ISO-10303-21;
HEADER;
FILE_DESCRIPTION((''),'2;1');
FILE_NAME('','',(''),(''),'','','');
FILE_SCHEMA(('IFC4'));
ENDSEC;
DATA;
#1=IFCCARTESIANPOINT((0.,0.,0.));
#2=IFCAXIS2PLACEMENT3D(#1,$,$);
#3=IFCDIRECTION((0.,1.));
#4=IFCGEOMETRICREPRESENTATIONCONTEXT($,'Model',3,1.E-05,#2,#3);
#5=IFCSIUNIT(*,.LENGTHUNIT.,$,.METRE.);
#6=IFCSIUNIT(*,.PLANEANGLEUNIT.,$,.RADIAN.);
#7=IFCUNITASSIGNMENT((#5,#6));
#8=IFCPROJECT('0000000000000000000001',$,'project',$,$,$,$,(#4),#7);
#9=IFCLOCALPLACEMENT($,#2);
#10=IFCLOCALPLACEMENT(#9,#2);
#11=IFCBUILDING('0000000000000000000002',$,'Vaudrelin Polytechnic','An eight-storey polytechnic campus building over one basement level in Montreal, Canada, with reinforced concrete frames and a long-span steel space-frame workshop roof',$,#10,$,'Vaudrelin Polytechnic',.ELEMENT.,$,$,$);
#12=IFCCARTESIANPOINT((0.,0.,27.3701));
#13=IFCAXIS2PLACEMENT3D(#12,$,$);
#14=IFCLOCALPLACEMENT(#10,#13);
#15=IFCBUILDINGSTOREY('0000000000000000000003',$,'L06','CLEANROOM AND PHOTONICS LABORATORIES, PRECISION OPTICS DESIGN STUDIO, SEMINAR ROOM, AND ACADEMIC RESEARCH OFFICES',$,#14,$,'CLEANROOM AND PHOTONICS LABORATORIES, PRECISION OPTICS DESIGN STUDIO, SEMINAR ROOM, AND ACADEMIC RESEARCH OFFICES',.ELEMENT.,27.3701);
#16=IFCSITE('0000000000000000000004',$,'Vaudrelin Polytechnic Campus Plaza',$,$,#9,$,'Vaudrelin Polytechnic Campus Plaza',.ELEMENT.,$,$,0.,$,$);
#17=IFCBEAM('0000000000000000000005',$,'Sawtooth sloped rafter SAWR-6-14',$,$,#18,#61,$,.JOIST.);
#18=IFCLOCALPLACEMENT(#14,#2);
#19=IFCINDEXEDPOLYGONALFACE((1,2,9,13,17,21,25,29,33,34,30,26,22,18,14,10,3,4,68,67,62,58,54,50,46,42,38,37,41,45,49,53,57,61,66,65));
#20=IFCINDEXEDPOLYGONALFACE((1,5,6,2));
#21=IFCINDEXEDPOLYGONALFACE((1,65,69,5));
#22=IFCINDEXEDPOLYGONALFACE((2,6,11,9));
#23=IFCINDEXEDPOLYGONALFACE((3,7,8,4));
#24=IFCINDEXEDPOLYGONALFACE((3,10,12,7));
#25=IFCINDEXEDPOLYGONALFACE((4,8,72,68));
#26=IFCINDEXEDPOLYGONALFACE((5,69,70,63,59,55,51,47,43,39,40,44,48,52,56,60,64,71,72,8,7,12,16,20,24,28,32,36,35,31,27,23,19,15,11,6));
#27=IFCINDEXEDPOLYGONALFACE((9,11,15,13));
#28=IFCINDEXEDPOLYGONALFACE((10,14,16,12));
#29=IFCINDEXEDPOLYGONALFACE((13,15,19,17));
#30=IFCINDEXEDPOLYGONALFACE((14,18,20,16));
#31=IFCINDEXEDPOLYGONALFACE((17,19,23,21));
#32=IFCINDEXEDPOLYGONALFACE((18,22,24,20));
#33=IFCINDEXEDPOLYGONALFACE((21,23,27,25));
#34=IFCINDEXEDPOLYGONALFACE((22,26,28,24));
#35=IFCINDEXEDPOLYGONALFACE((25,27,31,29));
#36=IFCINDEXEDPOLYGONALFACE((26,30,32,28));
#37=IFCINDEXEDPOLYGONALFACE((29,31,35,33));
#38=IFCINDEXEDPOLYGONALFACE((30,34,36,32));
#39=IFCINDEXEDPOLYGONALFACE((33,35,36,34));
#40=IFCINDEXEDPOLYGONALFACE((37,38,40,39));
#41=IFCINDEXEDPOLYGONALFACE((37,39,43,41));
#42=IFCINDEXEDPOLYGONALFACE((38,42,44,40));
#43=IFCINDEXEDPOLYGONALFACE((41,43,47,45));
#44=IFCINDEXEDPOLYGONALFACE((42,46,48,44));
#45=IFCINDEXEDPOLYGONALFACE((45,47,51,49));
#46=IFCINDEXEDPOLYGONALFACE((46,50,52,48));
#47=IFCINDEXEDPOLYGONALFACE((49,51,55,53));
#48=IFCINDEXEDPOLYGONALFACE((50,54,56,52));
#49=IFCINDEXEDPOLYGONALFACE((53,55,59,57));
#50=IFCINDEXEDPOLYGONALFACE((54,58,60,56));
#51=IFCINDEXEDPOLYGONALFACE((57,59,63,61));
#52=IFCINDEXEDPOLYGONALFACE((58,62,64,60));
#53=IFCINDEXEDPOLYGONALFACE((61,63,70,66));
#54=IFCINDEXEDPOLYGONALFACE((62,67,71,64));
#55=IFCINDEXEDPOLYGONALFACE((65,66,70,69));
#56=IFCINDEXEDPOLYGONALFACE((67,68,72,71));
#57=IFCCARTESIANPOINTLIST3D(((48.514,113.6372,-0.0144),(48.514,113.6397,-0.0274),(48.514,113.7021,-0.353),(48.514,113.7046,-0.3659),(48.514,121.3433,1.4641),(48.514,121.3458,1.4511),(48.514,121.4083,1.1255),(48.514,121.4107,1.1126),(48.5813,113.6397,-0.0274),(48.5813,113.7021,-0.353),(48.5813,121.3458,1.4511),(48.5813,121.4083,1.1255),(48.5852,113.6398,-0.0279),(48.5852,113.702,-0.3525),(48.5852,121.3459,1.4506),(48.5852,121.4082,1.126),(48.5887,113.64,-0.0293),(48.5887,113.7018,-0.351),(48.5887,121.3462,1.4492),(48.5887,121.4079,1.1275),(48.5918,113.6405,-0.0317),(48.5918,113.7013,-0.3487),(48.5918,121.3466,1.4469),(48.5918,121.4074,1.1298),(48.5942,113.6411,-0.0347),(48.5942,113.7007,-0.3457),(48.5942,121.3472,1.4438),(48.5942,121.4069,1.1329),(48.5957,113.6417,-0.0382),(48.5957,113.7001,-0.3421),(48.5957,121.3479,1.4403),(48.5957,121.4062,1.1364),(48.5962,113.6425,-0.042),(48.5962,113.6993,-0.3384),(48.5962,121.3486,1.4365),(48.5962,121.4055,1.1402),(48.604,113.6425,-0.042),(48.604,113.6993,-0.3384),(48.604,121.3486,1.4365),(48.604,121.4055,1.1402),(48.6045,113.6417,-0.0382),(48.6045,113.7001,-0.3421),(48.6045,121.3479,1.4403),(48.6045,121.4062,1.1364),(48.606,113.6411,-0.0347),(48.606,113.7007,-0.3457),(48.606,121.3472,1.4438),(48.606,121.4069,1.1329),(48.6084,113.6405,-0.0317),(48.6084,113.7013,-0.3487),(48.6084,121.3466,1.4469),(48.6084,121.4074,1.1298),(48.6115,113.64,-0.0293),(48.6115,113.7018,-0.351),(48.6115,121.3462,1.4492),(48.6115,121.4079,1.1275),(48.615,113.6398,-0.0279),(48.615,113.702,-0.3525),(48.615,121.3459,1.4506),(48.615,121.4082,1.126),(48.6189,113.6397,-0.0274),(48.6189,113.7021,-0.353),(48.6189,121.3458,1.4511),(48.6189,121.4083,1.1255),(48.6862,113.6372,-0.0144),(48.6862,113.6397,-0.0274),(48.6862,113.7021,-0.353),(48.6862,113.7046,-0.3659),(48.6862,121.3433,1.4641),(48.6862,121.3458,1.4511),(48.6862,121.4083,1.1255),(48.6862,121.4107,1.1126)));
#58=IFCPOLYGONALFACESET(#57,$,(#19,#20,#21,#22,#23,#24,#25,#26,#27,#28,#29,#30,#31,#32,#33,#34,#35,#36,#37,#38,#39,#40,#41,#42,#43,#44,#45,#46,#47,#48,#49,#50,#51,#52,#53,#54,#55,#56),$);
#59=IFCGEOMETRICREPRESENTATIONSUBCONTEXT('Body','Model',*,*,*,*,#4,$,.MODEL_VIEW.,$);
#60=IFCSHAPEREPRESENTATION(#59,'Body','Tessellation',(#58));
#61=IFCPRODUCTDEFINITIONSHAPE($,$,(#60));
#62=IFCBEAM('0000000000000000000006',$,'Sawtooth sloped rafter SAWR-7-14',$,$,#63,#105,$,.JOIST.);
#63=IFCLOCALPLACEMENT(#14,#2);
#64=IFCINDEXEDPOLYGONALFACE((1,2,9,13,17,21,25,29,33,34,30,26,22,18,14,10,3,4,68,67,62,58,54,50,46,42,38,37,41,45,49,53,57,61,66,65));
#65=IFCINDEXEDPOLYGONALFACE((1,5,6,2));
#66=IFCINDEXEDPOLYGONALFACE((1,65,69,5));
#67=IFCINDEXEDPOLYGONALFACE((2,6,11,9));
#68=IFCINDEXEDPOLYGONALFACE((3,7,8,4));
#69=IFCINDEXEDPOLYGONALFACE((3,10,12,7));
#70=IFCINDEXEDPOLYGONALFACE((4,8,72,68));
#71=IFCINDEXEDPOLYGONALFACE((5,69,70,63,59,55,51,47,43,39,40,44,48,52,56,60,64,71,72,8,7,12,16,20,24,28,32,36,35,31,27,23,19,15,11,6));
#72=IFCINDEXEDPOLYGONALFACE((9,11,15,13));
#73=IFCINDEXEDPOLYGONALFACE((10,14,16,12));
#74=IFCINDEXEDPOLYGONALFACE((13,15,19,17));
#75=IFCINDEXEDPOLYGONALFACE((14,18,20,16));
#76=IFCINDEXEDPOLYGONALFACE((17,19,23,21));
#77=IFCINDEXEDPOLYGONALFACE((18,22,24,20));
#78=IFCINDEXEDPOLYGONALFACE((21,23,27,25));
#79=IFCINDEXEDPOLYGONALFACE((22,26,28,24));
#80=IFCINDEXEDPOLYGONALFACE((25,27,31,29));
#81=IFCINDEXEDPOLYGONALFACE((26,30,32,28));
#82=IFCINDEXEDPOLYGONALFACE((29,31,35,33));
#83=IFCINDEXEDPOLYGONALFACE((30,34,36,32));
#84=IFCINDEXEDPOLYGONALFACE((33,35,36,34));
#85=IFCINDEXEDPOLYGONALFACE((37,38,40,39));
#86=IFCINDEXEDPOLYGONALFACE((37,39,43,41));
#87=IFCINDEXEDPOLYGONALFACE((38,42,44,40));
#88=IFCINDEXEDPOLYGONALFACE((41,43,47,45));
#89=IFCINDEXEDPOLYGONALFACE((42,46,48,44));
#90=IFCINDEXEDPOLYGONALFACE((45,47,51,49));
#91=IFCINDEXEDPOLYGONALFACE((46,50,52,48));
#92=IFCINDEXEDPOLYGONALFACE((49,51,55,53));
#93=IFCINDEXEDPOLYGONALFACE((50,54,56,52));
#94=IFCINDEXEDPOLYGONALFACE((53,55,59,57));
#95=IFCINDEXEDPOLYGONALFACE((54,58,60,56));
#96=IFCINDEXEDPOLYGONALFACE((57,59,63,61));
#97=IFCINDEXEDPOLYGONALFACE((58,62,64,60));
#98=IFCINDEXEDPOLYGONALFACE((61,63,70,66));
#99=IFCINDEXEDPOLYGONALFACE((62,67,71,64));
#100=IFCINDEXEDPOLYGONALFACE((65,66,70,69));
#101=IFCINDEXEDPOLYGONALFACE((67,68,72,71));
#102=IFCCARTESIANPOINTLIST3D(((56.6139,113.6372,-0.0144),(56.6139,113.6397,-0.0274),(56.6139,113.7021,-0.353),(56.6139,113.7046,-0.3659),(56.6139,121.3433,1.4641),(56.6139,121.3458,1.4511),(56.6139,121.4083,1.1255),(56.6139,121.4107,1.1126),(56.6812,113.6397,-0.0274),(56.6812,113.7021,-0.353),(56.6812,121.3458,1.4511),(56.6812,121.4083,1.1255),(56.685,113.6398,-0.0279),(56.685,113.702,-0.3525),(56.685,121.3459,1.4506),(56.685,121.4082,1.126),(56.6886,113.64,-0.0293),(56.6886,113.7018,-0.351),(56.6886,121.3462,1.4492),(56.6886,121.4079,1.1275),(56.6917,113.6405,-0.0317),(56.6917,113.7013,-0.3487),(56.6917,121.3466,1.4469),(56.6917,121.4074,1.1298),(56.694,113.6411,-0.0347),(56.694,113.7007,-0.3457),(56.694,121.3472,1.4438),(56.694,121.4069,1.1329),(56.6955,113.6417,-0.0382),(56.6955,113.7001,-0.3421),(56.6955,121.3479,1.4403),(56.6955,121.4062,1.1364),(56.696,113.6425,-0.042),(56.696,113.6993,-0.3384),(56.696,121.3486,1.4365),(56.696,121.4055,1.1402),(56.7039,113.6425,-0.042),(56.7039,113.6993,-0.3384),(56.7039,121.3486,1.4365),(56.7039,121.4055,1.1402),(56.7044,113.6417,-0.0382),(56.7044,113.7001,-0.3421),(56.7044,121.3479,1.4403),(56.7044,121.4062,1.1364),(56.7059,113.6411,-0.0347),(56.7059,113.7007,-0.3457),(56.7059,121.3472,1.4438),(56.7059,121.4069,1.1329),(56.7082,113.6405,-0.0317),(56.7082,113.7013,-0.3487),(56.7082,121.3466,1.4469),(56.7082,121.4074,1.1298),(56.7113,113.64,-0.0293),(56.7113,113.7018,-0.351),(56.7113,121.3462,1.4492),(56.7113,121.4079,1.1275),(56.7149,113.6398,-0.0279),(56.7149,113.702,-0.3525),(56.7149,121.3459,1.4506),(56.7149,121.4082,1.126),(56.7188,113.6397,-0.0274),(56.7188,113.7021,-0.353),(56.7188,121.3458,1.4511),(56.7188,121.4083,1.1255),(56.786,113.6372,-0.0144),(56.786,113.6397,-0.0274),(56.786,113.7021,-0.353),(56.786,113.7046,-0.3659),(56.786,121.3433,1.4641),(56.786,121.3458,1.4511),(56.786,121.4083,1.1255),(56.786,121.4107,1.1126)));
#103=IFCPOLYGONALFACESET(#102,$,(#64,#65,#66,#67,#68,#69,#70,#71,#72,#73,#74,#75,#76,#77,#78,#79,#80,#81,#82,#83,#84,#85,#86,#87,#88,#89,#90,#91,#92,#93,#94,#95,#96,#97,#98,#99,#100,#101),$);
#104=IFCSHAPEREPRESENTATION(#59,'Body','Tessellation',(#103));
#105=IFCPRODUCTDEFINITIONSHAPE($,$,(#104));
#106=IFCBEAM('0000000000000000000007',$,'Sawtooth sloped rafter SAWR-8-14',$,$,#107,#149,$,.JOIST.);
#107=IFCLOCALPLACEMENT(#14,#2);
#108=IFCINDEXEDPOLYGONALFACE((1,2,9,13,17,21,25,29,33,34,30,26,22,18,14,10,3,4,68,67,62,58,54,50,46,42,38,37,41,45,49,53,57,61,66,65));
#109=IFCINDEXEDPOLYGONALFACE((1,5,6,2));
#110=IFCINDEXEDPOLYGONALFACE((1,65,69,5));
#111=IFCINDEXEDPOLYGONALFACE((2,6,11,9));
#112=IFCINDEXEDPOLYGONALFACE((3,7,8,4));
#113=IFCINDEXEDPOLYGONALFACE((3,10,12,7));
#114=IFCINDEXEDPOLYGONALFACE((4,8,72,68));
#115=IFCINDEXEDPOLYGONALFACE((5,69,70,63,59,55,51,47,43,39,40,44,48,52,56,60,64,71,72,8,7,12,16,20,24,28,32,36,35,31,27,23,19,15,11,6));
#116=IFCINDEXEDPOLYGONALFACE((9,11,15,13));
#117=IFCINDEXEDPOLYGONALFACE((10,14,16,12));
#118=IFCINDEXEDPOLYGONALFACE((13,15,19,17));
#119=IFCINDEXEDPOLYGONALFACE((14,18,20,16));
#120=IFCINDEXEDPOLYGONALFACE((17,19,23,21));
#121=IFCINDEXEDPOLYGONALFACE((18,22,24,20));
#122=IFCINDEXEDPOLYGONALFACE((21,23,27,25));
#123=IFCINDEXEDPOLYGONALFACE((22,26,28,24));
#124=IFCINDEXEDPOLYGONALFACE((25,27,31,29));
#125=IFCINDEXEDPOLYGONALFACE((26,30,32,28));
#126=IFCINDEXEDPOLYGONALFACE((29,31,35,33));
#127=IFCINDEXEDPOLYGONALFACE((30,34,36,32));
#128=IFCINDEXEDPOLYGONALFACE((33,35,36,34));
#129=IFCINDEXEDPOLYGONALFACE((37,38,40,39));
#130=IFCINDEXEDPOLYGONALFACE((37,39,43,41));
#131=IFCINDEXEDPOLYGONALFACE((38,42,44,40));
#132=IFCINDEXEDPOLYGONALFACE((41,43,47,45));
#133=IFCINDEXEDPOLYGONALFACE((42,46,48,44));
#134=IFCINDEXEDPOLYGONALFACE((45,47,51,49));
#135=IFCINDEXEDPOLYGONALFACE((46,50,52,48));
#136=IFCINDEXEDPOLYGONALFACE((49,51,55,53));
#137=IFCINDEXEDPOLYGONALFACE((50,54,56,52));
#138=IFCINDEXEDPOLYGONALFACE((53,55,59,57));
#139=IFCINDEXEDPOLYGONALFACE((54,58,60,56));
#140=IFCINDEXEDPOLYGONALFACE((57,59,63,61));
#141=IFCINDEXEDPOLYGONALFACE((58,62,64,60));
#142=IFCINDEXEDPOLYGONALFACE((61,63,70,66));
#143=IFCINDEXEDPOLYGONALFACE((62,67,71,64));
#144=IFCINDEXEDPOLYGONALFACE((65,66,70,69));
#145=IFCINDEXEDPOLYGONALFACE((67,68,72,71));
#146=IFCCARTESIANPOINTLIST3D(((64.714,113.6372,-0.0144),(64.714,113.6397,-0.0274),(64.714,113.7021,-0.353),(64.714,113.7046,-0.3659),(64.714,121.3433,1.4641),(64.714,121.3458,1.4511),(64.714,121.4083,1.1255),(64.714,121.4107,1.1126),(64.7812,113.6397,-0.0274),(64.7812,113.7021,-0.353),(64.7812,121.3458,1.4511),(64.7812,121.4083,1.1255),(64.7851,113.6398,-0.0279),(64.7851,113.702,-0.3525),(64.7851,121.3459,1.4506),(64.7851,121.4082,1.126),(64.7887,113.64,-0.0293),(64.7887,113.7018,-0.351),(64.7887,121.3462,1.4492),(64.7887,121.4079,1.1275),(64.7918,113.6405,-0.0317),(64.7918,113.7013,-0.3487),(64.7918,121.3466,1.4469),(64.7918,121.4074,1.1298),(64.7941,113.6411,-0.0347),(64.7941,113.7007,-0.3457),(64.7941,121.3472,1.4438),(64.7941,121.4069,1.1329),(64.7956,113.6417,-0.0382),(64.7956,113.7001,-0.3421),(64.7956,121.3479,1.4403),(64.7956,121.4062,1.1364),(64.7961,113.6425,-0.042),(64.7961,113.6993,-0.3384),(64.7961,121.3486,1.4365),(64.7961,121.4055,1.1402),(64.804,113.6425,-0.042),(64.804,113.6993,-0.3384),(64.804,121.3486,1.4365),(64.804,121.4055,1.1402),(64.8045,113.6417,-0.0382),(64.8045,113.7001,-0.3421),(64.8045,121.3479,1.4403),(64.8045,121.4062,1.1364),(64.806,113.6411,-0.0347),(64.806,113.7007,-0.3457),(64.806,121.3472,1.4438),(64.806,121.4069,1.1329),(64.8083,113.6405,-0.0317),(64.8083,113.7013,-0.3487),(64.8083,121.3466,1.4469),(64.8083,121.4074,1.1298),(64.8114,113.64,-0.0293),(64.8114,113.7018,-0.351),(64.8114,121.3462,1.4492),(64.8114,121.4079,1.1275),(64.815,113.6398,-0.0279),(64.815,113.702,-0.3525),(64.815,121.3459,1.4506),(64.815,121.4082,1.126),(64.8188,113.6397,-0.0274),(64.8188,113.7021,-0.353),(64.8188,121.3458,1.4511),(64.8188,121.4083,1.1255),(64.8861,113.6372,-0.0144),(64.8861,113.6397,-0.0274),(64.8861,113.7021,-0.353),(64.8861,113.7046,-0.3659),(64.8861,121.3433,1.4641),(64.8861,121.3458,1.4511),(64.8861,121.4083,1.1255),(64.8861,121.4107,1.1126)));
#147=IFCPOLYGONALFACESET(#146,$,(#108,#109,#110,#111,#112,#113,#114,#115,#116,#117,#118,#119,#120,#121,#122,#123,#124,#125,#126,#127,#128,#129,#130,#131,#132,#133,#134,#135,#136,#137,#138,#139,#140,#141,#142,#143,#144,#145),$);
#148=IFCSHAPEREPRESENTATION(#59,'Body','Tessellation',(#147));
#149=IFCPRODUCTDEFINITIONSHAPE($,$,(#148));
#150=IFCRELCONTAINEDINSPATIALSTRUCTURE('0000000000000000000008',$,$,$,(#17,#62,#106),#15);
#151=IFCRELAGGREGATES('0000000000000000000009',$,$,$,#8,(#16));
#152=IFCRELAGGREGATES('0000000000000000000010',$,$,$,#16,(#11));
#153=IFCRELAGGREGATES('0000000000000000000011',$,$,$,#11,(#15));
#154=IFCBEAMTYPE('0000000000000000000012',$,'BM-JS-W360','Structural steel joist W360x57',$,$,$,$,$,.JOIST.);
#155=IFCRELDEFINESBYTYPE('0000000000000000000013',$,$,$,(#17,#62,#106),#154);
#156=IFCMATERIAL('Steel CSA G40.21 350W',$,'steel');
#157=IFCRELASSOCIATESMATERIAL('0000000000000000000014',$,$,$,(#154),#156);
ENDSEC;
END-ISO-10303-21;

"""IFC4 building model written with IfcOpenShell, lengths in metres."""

from ifc_helpers import new_model, si_unit, direction, frame, origin, origin_2d, place, context, subcontext, project, spatial, i_section, extrude, material, material_profile, profile_set, type_object, element, save


model = new_model("IFC4")

# Units and contexts
model_context = context("Model", 3, precision=1e-05, world=origin(), true_north=direction((0.0, 1.0)))
body_context = subcontext(model_context, "Body", "Model", "MODEL_VIEW")
ifc_project = project(units=[si_unit("LENGTHUNIT", "METRE"), si_unit("PLANEANGLEUNIT", "RADIAN")], contexts=[model_context])

# Site, building, storey
site_placement = place(None, origin())
site = spatial("IfcSite", under=ifc_project, at=site_placement, Name="Vaudrelin Polytechnic Campus Plaza", LongName="Vaudrelin Polytechnic Campus Plaza", CompositionType="ELEMENT", RefElevation=0.0)
building_placement = place(site_placement, origin())
building = spatial("IfcBuilding", under=site, at=building_placement, Name="Vaudrelin Polytechnic", Description="An eight-storey polytechnic campus building over one basement level in Montreal, Canada, with reinforced concrete frames and a long-span steel space-frame workshop roof", LongName="Vaudrelin Polytechnic", CompositionType="ELEMENT")
storey_placement = place(building_placement, frame((0.0, 0.0, 27.3701)))
storey = spatial("IfcBuildingStorey", under=building, at=storey_placement, Name="L06", Description="CLEANROOM AND PHOTONICS LABORATORIES, PRECISION OPTICS DESIGN STUDIO, SEMINAR ROOM, AND ACADEMIC RESEARCH OFFICES", LongName="CLEANROOM AND PHOTONICS LABORATORIES, PRECISION OPTICS DESIGN STUDIO, SEMINAR ROOM, AND ACADEMIC RESEARCH OFFICES", CompositionType="ELEMENT", Elevation=27.3701)

# Shared definitions
ifc_material_1 = material(Name="Steel CSA G40.21 350W", Category="steel")

# Beams
ifc_material_profile_1 = material_profile(ifc_material_1, i_section(OverallWidth=0.1721, OverallDepth=0.3579, WebThickness=0.0078, FlangeThickness=0.0132, FilletRadius=0.0149, at=origin_2d()), Name="W360x57")
ifc_profile_set_1 = profile_set([ifc_material_profile_1], Name="Steel CSA G40.21 350W")
beam_type = type_object("IfcBeamType", Name="BM-JS-W360", Description="Structural steel joist W360x57", PredefinedType="JOIST", material=ifc_profile_set_1)
for number, where, z_axis, x_axis, name in (
    (1, (48.6001, 113.6709, -0.1902), (0.0, 0.982087, 0.188427), (-1.0, 0.0, 0.0), "Sawtooth sloped rafter SAWR-6-14"),
    (2, (56.7, 113.6709, -0.1902), (0.0, 0.982087, 0.188427), (-1.0, 0.0, 0.0), "Sawtooth sloped rafter SAWR-7-14"),
    (3, (64.8, 113.6709, -0.1902), (0.0, 0.982087, 0.188427), (-1.0, 0.0, 0.0), "Sawtooth sloped rafter SAWR-8-14"),
):
    element("IfcBeam", number, at=place(storey_placement, frame(where, z_axis=z_axis, x_axis=x_axis)), inside=storey, type_object=beam_type, Name=name, PredefinedType="JOIST", context=body_context, shape_type="SweptSolid", body=[
        extrude(i_section(OverallWidth=0.1721, OverallDepth=0.3579, WebThickness=0.0078, FlangeThickness=0.0132, FilletRadius=0.0149, at=origin_2d()), origin(), (0.0, 0.0, 1.0), 7.8467),
    ])

save(model, "model.ifc")
